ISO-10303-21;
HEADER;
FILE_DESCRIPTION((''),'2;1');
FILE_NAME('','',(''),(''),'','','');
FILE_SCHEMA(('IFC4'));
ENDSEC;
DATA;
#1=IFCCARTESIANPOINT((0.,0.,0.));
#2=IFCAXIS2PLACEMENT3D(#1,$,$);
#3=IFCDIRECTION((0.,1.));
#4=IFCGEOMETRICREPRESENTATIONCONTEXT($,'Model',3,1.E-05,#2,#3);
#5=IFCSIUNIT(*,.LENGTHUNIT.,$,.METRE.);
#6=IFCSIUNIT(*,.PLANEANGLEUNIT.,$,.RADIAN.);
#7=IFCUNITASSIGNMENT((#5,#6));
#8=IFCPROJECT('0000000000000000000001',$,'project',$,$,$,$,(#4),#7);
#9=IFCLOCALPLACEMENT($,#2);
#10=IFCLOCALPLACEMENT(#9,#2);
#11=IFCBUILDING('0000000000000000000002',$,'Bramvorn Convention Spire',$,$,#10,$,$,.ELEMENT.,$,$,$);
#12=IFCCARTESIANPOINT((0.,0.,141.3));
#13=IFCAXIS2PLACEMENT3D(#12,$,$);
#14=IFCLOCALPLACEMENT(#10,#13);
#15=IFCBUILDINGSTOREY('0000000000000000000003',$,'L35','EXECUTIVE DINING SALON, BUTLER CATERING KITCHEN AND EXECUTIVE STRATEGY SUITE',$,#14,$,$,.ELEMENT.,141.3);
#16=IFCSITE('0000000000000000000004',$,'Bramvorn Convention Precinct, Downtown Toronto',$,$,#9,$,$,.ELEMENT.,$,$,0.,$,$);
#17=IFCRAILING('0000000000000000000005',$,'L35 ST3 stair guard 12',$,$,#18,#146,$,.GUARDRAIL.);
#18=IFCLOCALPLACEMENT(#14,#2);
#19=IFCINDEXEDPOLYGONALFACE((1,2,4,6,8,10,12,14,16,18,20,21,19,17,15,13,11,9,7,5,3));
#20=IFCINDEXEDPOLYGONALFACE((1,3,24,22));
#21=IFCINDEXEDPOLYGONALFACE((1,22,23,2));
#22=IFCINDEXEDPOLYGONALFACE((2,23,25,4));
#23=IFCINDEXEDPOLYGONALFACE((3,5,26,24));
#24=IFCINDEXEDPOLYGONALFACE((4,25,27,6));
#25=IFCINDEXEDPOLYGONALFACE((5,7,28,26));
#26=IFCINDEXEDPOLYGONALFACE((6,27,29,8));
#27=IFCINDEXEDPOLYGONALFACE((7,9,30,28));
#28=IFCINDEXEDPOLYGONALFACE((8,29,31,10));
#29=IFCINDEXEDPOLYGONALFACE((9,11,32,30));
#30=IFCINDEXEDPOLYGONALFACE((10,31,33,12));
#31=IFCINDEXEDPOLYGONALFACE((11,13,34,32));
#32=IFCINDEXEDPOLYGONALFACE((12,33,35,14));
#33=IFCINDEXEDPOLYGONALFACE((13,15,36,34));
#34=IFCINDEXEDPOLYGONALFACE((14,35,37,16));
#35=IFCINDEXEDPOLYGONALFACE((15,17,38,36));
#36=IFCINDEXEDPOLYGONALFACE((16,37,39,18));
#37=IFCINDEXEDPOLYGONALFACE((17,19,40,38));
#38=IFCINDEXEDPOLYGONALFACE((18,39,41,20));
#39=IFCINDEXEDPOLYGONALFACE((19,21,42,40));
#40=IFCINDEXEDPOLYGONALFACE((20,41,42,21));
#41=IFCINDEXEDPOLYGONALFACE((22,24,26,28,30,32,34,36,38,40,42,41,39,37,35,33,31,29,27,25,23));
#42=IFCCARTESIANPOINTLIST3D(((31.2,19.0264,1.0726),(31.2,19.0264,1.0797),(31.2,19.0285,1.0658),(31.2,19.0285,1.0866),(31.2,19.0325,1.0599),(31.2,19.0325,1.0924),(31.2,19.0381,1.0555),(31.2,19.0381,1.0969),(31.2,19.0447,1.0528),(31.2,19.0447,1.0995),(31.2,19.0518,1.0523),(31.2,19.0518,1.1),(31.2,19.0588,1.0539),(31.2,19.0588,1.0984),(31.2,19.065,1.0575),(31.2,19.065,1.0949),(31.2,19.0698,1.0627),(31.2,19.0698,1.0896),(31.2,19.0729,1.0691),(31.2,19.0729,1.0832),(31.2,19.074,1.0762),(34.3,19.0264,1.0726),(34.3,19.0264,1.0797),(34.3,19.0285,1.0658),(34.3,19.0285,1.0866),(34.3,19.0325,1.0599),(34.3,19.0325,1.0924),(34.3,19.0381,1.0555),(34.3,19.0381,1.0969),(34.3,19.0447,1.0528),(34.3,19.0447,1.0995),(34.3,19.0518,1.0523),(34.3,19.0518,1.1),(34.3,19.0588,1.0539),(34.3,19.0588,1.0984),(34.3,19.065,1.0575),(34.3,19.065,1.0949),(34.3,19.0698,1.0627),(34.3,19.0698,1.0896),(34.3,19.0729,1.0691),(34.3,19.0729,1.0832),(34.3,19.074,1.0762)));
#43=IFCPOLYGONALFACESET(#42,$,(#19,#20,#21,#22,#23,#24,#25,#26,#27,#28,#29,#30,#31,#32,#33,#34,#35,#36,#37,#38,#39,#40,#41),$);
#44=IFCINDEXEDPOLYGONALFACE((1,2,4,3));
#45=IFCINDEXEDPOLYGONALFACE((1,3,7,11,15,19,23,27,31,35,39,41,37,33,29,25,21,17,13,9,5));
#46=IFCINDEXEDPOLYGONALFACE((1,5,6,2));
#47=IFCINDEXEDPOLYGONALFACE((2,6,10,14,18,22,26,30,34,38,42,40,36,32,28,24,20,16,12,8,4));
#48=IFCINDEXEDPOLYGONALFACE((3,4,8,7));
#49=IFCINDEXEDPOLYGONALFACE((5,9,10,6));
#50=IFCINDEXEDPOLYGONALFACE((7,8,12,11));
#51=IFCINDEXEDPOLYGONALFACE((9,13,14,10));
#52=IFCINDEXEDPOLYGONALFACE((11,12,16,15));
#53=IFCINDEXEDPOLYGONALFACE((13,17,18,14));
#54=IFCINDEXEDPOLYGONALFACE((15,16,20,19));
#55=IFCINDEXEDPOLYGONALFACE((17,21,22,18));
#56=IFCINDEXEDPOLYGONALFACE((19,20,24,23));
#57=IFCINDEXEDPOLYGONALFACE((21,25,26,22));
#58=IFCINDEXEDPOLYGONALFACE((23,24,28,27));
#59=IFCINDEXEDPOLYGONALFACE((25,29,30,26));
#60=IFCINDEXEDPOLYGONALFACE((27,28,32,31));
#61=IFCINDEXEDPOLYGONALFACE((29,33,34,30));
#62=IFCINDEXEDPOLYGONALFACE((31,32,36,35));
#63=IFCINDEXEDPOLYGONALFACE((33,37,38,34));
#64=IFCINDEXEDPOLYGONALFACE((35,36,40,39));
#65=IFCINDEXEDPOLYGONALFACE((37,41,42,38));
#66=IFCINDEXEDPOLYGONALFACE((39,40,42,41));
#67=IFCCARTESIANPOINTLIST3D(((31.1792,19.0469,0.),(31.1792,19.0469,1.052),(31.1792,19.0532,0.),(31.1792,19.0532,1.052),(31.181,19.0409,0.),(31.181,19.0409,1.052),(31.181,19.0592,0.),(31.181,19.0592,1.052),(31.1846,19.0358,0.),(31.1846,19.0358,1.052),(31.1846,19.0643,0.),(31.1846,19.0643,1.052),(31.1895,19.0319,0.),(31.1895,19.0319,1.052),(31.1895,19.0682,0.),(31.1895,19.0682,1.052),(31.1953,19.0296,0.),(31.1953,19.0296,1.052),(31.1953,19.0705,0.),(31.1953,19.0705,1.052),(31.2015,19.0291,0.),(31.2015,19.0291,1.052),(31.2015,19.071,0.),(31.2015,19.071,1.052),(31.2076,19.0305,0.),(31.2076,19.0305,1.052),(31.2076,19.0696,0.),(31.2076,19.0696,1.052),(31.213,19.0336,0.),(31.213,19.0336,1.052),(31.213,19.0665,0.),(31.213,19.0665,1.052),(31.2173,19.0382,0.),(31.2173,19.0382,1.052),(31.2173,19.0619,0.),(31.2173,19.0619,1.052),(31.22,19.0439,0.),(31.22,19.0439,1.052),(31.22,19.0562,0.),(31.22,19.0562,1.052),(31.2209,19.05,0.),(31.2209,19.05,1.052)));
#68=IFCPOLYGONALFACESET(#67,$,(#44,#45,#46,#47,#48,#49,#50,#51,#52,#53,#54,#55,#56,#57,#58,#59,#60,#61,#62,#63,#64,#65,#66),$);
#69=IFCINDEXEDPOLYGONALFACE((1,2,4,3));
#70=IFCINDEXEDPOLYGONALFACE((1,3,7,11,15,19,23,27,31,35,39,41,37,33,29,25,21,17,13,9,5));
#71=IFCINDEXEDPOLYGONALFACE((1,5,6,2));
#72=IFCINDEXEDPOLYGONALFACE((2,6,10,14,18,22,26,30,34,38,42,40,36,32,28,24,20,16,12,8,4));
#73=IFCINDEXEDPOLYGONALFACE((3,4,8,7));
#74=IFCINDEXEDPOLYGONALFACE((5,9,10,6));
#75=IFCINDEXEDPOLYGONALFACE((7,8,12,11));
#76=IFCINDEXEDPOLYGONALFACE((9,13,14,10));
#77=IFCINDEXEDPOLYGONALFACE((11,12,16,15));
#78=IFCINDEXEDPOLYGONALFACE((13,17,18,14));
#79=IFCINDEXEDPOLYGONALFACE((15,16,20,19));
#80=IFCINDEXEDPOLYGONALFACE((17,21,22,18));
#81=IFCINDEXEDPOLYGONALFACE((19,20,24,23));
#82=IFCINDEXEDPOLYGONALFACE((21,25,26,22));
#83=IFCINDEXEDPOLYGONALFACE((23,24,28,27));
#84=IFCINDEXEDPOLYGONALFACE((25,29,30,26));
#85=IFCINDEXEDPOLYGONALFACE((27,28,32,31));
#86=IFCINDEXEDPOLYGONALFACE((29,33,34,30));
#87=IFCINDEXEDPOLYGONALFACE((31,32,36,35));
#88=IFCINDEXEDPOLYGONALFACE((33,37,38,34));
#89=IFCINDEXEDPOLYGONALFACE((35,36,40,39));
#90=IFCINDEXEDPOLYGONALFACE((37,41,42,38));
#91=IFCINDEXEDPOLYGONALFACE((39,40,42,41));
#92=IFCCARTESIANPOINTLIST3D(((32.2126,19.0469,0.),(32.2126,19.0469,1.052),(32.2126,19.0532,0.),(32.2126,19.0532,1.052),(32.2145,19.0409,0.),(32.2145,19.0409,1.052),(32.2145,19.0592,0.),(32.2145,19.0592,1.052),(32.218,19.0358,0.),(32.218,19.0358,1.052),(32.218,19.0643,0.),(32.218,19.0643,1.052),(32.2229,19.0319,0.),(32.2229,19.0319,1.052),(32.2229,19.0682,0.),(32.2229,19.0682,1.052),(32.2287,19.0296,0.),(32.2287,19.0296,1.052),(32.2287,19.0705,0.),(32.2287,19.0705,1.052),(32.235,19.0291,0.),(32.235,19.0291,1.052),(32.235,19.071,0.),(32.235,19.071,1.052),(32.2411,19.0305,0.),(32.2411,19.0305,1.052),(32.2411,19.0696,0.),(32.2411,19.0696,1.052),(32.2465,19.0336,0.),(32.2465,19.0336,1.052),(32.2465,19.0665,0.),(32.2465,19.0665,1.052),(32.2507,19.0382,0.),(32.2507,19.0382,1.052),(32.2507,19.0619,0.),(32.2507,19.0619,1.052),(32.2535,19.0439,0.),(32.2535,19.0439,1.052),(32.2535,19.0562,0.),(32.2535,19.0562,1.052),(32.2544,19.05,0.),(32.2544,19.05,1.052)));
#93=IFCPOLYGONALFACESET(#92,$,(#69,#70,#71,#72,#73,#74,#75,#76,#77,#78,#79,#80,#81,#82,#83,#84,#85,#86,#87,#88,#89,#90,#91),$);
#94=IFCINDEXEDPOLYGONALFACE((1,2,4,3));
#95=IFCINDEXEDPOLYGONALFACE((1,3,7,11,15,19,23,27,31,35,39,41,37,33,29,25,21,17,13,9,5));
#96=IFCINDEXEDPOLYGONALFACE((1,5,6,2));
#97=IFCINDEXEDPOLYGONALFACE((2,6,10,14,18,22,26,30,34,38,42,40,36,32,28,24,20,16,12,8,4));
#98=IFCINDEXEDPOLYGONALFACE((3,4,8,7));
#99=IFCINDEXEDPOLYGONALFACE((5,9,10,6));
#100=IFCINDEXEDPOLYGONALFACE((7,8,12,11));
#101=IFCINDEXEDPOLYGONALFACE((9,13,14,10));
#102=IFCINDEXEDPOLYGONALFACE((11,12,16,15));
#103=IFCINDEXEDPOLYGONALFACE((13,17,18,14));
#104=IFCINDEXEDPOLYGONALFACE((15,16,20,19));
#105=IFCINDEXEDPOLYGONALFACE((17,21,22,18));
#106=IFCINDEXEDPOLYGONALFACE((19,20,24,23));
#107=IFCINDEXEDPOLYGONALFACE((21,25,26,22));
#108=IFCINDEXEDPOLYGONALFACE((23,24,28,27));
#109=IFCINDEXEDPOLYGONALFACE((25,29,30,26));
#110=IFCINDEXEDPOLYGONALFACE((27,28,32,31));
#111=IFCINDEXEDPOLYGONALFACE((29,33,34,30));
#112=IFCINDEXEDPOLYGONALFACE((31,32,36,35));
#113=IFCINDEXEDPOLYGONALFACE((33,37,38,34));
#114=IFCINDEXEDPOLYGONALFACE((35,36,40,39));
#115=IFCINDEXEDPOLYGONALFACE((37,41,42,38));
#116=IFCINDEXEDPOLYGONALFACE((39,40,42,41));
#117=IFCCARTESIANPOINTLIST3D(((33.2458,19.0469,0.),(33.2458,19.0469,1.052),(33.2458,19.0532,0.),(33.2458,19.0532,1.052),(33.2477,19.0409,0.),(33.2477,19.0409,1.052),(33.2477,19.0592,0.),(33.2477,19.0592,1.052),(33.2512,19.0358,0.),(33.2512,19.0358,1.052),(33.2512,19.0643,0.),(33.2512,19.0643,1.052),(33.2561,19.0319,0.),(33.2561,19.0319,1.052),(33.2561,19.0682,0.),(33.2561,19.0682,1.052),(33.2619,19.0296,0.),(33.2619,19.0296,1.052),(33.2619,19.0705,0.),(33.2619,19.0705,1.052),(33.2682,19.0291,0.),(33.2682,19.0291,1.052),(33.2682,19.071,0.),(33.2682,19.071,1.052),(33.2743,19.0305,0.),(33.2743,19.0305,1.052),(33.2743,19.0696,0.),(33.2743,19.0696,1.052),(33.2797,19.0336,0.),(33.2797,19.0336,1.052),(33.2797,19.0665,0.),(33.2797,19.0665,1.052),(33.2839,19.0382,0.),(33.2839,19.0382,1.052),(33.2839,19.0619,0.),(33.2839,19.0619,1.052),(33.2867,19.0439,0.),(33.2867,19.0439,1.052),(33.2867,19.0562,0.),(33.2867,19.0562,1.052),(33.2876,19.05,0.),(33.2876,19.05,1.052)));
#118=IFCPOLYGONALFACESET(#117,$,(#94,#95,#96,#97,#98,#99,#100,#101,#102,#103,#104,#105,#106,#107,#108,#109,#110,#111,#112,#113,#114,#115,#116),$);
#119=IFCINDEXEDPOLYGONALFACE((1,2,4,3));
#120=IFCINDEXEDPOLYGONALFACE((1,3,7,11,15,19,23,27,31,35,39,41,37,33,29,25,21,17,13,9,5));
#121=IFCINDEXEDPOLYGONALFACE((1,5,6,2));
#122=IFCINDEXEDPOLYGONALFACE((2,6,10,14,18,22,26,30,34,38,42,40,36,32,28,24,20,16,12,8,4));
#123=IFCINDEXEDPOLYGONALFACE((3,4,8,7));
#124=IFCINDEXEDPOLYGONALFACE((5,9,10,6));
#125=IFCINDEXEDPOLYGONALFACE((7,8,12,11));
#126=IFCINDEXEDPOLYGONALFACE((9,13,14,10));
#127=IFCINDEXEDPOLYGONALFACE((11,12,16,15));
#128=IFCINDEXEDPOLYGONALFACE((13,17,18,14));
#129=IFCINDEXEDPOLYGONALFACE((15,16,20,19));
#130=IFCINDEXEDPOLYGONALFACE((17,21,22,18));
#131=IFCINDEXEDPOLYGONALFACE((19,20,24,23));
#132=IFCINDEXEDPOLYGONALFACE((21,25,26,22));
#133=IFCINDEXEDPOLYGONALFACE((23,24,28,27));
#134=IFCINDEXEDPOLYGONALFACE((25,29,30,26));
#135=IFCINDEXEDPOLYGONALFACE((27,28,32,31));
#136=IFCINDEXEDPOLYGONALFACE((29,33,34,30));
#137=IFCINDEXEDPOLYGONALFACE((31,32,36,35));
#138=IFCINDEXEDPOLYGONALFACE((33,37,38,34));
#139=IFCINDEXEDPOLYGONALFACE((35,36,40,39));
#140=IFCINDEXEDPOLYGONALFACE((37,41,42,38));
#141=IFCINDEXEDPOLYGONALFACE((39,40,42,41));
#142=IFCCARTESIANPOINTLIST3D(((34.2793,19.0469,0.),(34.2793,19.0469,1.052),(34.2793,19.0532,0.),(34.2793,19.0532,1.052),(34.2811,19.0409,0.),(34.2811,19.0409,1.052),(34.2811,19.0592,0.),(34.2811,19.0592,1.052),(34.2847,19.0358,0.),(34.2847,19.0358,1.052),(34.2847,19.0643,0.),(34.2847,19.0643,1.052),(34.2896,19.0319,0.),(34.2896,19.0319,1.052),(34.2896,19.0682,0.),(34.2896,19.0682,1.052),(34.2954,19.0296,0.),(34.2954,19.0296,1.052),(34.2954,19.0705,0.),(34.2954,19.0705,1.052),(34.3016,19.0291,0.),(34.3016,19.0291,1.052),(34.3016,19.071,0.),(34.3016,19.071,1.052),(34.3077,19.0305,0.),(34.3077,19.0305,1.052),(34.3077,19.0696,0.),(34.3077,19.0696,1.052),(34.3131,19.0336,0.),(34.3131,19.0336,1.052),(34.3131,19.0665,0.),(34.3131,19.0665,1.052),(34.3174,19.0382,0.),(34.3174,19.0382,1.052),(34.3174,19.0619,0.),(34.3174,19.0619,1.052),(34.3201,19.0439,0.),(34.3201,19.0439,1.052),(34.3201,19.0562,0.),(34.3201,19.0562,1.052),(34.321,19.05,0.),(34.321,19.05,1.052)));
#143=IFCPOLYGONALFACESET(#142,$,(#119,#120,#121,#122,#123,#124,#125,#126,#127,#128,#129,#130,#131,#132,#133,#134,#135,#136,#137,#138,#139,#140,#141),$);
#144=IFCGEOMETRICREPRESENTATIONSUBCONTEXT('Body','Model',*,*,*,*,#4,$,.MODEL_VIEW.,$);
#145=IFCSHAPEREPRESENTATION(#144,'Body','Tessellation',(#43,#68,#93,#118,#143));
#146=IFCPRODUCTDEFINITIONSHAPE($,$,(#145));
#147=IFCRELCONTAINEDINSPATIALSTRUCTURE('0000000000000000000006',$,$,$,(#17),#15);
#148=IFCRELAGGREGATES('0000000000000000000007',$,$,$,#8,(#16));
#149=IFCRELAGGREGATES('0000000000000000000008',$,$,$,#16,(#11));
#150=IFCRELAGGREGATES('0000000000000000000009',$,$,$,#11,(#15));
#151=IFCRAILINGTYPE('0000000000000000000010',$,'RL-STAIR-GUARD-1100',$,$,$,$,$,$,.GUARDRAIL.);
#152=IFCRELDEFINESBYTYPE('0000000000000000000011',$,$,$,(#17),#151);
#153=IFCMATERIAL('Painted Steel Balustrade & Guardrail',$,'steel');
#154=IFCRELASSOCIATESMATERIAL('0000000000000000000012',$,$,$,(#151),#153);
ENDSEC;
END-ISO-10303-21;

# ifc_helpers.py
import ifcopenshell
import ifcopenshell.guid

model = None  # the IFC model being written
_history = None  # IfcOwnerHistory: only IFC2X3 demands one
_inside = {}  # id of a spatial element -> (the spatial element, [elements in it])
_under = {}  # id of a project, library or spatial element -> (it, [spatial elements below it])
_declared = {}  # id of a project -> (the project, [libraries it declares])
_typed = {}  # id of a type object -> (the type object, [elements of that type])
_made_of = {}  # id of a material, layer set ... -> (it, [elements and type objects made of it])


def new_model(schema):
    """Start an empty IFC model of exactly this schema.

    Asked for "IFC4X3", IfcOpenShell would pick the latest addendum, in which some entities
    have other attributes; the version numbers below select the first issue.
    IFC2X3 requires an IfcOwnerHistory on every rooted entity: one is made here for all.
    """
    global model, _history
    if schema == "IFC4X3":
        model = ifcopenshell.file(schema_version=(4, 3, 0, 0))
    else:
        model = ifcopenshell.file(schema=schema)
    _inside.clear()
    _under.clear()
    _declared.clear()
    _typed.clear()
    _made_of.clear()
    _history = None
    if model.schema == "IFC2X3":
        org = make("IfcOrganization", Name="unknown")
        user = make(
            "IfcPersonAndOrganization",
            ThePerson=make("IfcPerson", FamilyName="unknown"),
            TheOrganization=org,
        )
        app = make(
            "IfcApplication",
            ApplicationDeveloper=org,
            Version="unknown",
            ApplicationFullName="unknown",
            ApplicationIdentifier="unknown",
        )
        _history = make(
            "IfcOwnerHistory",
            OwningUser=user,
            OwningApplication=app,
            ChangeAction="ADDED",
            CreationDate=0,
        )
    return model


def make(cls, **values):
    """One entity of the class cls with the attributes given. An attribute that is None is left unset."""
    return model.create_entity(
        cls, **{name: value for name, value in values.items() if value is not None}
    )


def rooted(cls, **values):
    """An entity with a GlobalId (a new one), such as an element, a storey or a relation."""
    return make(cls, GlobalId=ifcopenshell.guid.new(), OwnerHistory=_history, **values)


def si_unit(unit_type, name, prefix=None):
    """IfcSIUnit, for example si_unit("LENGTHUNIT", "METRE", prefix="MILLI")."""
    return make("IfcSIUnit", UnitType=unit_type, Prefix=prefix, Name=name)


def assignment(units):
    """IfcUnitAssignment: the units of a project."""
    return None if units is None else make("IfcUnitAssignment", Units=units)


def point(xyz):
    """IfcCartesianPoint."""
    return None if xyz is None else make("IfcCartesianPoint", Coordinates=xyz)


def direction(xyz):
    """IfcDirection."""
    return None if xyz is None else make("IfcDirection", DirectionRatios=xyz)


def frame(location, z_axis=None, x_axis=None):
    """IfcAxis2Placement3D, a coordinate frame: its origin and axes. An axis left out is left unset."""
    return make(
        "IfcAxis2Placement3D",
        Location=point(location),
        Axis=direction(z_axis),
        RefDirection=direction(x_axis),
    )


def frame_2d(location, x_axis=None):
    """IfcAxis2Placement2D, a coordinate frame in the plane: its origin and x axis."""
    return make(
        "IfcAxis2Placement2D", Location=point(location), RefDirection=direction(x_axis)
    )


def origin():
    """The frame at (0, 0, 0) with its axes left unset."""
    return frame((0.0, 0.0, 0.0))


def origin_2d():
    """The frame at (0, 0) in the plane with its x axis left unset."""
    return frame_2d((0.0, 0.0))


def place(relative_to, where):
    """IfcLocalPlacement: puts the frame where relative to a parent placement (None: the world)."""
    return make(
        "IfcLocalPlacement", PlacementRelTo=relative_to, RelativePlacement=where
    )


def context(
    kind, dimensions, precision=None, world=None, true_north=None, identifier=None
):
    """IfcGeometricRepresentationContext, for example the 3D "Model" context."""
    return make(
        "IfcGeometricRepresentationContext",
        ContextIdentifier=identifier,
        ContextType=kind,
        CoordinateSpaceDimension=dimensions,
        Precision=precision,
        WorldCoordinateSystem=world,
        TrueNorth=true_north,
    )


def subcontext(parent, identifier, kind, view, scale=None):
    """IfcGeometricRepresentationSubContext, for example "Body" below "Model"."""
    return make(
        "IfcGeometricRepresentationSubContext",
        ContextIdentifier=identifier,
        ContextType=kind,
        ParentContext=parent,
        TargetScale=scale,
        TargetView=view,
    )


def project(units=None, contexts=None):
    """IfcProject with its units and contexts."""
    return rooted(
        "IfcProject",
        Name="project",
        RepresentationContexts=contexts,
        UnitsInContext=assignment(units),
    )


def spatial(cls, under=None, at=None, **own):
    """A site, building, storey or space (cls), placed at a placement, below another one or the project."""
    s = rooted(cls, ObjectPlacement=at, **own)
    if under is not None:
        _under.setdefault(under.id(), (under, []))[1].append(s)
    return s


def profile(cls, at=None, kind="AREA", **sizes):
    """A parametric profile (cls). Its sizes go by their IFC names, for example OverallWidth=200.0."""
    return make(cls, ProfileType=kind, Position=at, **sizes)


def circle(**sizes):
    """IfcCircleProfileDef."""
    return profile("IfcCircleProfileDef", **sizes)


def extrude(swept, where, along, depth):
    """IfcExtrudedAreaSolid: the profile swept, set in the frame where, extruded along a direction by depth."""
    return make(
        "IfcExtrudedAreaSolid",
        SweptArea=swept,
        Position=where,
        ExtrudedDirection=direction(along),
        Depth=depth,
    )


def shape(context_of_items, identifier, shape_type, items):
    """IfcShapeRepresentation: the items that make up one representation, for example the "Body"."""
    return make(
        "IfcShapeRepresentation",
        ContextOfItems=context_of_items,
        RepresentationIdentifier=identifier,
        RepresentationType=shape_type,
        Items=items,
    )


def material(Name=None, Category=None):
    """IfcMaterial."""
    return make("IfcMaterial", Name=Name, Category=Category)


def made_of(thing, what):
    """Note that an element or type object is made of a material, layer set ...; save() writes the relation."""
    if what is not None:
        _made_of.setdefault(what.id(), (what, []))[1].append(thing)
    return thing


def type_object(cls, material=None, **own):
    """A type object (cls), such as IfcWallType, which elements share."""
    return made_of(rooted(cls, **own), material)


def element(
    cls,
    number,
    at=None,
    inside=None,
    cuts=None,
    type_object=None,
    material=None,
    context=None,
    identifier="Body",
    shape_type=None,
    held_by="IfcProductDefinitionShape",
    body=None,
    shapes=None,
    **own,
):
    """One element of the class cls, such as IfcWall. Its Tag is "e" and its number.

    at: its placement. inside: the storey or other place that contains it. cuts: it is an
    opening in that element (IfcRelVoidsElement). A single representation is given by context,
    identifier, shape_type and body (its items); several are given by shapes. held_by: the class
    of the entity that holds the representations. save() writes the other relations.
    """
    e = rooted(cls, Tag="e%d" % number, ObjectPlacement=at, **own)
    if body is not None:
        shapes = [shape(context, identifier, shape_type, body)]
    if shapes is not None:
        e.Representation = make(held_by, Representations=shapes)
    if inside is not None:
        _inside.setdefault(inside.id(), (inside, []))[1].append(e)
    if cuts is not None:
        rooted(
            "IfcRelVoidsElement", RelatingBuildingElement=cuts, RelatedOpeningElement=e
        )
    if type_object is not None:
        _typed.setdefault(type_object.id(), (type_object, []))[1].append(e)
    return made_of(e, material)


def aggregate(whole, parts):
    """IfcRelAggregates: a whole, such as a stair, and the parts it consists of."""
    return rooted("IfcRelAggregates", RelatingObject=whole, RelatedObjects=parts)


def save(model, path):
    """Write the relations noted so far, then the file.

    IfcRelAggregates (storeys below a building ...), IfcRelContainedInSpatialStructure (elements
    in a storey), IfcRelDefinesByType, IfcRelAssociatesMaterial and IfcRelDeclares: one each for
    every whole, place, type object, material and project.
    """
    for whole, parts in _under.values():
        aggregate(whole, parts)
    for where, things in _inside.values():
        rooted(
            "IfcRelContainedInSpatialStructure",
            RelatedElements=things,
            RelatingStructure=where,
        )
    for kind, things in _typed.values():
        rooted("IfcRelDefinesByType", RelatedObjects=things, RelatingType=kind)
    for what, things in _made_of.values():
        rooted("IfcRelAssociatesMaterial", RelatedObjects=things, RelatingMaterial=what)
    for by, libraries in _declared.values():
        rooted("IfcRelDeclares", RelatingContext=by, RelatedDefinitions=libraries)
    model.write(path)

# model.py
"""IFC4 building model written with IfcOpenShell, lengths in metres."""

from ifc_helpers import new_model, si_unit, direction, frame, origin, origin_2d, place, context, subcontext, project, spatial, circle, extrude, material, type_object, element, save


model = new_model("IFC4")

# Units and contexts
model_context = context("Model", 3, precision=1e-05, world=origin(), true_north=direction((0.0, 1.0)))
body_context = subcontext(model_context, "Body", "Model", "MODEL_VIEW")
ifc_project = project(units=[si_unit("LENGTHUNIT", "METRE"), si_unit("PLANEANGLEUNIT", "RADIAN")], contexts=[model_context])

# Site, building, storey
site_placement = place(None, origin())
site = spatial("IfcSite", under=ifc_project, at=site_placement, Name="Bramvorn Convention Precinct, Downtown Toronto", CompositionType="ELEMENT", RefElevation=0.0)
building_placement = place(site_placement, origin())
building = spatial("IfcBuilding", under=site, at=building_placement, Name="Bramvorn Convention Spire", CompositionType="ELEMENT")
storey_placement = place(building_placement, frame((0.0, 0.0, 141.3)))
storey = spatial("IfcBuildingStorey", under=building, at=storey_placement, Name="L35", Description="EXECUTIVE DINING SALON, BUTLER CATERING KITCHEN AND EXECUTIVE STRATEGY SUITE", CompositionType="ELEMENT", Elevation=141.3)

# Railing
ifc_material_1 = material(Name="Painted Steel Balustrade & Guardrail", Category="steel")
railing_type_1 = type_object("IfcRailingType", Name="RL-STAIR-GUARD-1100", PredefinedType="GUARDRAIL", material=ifc_material_1)
railing_1_placement = place(storey_placement, frame((31.2, 19.05, 0.0)))
element("IfcRailing", 1, at=railing_1_placement, inside=storey, type_object=railing_type_1, Name="L35 ST3 stair guard 12", PredefinedType="GUARDRAIL", context=body_context, shape_type="SweptSolid", body=[
    extrude(circle(Radius=0.0239, at=origin_2d()), frame((0.0, 0.0, 1.0762), z_axis=(1.0, 0.0, 0.0), x_axis=(0.0, 1.0, 0.0)), (0.0, 0.0, 1.0), 3.1001),
    extrude(circle(Radius=0.021, at=origin_2d()), origin(), (0.0, 0.0, 1.0), 1.052),
    extrude(circle(Radius=0.021, at=origin_2d()), frame((1.0334, 0.0, 0.0)), (0.0, 0.0, 1.0), 1.052),
    extrude(circle(Radius=0.021, at=origin_2d()), frame((2.0667, 0.0, 0.0)), (0.0, 0.0, 1.0), 1.052),
    extrude(circle(Radius=0.021, at=origin_2d()), frame((3.1001, 0.0, 0.0)), (0.0, 0.0, 1.0), 1.052),
])

save(model, "model.ifc")
